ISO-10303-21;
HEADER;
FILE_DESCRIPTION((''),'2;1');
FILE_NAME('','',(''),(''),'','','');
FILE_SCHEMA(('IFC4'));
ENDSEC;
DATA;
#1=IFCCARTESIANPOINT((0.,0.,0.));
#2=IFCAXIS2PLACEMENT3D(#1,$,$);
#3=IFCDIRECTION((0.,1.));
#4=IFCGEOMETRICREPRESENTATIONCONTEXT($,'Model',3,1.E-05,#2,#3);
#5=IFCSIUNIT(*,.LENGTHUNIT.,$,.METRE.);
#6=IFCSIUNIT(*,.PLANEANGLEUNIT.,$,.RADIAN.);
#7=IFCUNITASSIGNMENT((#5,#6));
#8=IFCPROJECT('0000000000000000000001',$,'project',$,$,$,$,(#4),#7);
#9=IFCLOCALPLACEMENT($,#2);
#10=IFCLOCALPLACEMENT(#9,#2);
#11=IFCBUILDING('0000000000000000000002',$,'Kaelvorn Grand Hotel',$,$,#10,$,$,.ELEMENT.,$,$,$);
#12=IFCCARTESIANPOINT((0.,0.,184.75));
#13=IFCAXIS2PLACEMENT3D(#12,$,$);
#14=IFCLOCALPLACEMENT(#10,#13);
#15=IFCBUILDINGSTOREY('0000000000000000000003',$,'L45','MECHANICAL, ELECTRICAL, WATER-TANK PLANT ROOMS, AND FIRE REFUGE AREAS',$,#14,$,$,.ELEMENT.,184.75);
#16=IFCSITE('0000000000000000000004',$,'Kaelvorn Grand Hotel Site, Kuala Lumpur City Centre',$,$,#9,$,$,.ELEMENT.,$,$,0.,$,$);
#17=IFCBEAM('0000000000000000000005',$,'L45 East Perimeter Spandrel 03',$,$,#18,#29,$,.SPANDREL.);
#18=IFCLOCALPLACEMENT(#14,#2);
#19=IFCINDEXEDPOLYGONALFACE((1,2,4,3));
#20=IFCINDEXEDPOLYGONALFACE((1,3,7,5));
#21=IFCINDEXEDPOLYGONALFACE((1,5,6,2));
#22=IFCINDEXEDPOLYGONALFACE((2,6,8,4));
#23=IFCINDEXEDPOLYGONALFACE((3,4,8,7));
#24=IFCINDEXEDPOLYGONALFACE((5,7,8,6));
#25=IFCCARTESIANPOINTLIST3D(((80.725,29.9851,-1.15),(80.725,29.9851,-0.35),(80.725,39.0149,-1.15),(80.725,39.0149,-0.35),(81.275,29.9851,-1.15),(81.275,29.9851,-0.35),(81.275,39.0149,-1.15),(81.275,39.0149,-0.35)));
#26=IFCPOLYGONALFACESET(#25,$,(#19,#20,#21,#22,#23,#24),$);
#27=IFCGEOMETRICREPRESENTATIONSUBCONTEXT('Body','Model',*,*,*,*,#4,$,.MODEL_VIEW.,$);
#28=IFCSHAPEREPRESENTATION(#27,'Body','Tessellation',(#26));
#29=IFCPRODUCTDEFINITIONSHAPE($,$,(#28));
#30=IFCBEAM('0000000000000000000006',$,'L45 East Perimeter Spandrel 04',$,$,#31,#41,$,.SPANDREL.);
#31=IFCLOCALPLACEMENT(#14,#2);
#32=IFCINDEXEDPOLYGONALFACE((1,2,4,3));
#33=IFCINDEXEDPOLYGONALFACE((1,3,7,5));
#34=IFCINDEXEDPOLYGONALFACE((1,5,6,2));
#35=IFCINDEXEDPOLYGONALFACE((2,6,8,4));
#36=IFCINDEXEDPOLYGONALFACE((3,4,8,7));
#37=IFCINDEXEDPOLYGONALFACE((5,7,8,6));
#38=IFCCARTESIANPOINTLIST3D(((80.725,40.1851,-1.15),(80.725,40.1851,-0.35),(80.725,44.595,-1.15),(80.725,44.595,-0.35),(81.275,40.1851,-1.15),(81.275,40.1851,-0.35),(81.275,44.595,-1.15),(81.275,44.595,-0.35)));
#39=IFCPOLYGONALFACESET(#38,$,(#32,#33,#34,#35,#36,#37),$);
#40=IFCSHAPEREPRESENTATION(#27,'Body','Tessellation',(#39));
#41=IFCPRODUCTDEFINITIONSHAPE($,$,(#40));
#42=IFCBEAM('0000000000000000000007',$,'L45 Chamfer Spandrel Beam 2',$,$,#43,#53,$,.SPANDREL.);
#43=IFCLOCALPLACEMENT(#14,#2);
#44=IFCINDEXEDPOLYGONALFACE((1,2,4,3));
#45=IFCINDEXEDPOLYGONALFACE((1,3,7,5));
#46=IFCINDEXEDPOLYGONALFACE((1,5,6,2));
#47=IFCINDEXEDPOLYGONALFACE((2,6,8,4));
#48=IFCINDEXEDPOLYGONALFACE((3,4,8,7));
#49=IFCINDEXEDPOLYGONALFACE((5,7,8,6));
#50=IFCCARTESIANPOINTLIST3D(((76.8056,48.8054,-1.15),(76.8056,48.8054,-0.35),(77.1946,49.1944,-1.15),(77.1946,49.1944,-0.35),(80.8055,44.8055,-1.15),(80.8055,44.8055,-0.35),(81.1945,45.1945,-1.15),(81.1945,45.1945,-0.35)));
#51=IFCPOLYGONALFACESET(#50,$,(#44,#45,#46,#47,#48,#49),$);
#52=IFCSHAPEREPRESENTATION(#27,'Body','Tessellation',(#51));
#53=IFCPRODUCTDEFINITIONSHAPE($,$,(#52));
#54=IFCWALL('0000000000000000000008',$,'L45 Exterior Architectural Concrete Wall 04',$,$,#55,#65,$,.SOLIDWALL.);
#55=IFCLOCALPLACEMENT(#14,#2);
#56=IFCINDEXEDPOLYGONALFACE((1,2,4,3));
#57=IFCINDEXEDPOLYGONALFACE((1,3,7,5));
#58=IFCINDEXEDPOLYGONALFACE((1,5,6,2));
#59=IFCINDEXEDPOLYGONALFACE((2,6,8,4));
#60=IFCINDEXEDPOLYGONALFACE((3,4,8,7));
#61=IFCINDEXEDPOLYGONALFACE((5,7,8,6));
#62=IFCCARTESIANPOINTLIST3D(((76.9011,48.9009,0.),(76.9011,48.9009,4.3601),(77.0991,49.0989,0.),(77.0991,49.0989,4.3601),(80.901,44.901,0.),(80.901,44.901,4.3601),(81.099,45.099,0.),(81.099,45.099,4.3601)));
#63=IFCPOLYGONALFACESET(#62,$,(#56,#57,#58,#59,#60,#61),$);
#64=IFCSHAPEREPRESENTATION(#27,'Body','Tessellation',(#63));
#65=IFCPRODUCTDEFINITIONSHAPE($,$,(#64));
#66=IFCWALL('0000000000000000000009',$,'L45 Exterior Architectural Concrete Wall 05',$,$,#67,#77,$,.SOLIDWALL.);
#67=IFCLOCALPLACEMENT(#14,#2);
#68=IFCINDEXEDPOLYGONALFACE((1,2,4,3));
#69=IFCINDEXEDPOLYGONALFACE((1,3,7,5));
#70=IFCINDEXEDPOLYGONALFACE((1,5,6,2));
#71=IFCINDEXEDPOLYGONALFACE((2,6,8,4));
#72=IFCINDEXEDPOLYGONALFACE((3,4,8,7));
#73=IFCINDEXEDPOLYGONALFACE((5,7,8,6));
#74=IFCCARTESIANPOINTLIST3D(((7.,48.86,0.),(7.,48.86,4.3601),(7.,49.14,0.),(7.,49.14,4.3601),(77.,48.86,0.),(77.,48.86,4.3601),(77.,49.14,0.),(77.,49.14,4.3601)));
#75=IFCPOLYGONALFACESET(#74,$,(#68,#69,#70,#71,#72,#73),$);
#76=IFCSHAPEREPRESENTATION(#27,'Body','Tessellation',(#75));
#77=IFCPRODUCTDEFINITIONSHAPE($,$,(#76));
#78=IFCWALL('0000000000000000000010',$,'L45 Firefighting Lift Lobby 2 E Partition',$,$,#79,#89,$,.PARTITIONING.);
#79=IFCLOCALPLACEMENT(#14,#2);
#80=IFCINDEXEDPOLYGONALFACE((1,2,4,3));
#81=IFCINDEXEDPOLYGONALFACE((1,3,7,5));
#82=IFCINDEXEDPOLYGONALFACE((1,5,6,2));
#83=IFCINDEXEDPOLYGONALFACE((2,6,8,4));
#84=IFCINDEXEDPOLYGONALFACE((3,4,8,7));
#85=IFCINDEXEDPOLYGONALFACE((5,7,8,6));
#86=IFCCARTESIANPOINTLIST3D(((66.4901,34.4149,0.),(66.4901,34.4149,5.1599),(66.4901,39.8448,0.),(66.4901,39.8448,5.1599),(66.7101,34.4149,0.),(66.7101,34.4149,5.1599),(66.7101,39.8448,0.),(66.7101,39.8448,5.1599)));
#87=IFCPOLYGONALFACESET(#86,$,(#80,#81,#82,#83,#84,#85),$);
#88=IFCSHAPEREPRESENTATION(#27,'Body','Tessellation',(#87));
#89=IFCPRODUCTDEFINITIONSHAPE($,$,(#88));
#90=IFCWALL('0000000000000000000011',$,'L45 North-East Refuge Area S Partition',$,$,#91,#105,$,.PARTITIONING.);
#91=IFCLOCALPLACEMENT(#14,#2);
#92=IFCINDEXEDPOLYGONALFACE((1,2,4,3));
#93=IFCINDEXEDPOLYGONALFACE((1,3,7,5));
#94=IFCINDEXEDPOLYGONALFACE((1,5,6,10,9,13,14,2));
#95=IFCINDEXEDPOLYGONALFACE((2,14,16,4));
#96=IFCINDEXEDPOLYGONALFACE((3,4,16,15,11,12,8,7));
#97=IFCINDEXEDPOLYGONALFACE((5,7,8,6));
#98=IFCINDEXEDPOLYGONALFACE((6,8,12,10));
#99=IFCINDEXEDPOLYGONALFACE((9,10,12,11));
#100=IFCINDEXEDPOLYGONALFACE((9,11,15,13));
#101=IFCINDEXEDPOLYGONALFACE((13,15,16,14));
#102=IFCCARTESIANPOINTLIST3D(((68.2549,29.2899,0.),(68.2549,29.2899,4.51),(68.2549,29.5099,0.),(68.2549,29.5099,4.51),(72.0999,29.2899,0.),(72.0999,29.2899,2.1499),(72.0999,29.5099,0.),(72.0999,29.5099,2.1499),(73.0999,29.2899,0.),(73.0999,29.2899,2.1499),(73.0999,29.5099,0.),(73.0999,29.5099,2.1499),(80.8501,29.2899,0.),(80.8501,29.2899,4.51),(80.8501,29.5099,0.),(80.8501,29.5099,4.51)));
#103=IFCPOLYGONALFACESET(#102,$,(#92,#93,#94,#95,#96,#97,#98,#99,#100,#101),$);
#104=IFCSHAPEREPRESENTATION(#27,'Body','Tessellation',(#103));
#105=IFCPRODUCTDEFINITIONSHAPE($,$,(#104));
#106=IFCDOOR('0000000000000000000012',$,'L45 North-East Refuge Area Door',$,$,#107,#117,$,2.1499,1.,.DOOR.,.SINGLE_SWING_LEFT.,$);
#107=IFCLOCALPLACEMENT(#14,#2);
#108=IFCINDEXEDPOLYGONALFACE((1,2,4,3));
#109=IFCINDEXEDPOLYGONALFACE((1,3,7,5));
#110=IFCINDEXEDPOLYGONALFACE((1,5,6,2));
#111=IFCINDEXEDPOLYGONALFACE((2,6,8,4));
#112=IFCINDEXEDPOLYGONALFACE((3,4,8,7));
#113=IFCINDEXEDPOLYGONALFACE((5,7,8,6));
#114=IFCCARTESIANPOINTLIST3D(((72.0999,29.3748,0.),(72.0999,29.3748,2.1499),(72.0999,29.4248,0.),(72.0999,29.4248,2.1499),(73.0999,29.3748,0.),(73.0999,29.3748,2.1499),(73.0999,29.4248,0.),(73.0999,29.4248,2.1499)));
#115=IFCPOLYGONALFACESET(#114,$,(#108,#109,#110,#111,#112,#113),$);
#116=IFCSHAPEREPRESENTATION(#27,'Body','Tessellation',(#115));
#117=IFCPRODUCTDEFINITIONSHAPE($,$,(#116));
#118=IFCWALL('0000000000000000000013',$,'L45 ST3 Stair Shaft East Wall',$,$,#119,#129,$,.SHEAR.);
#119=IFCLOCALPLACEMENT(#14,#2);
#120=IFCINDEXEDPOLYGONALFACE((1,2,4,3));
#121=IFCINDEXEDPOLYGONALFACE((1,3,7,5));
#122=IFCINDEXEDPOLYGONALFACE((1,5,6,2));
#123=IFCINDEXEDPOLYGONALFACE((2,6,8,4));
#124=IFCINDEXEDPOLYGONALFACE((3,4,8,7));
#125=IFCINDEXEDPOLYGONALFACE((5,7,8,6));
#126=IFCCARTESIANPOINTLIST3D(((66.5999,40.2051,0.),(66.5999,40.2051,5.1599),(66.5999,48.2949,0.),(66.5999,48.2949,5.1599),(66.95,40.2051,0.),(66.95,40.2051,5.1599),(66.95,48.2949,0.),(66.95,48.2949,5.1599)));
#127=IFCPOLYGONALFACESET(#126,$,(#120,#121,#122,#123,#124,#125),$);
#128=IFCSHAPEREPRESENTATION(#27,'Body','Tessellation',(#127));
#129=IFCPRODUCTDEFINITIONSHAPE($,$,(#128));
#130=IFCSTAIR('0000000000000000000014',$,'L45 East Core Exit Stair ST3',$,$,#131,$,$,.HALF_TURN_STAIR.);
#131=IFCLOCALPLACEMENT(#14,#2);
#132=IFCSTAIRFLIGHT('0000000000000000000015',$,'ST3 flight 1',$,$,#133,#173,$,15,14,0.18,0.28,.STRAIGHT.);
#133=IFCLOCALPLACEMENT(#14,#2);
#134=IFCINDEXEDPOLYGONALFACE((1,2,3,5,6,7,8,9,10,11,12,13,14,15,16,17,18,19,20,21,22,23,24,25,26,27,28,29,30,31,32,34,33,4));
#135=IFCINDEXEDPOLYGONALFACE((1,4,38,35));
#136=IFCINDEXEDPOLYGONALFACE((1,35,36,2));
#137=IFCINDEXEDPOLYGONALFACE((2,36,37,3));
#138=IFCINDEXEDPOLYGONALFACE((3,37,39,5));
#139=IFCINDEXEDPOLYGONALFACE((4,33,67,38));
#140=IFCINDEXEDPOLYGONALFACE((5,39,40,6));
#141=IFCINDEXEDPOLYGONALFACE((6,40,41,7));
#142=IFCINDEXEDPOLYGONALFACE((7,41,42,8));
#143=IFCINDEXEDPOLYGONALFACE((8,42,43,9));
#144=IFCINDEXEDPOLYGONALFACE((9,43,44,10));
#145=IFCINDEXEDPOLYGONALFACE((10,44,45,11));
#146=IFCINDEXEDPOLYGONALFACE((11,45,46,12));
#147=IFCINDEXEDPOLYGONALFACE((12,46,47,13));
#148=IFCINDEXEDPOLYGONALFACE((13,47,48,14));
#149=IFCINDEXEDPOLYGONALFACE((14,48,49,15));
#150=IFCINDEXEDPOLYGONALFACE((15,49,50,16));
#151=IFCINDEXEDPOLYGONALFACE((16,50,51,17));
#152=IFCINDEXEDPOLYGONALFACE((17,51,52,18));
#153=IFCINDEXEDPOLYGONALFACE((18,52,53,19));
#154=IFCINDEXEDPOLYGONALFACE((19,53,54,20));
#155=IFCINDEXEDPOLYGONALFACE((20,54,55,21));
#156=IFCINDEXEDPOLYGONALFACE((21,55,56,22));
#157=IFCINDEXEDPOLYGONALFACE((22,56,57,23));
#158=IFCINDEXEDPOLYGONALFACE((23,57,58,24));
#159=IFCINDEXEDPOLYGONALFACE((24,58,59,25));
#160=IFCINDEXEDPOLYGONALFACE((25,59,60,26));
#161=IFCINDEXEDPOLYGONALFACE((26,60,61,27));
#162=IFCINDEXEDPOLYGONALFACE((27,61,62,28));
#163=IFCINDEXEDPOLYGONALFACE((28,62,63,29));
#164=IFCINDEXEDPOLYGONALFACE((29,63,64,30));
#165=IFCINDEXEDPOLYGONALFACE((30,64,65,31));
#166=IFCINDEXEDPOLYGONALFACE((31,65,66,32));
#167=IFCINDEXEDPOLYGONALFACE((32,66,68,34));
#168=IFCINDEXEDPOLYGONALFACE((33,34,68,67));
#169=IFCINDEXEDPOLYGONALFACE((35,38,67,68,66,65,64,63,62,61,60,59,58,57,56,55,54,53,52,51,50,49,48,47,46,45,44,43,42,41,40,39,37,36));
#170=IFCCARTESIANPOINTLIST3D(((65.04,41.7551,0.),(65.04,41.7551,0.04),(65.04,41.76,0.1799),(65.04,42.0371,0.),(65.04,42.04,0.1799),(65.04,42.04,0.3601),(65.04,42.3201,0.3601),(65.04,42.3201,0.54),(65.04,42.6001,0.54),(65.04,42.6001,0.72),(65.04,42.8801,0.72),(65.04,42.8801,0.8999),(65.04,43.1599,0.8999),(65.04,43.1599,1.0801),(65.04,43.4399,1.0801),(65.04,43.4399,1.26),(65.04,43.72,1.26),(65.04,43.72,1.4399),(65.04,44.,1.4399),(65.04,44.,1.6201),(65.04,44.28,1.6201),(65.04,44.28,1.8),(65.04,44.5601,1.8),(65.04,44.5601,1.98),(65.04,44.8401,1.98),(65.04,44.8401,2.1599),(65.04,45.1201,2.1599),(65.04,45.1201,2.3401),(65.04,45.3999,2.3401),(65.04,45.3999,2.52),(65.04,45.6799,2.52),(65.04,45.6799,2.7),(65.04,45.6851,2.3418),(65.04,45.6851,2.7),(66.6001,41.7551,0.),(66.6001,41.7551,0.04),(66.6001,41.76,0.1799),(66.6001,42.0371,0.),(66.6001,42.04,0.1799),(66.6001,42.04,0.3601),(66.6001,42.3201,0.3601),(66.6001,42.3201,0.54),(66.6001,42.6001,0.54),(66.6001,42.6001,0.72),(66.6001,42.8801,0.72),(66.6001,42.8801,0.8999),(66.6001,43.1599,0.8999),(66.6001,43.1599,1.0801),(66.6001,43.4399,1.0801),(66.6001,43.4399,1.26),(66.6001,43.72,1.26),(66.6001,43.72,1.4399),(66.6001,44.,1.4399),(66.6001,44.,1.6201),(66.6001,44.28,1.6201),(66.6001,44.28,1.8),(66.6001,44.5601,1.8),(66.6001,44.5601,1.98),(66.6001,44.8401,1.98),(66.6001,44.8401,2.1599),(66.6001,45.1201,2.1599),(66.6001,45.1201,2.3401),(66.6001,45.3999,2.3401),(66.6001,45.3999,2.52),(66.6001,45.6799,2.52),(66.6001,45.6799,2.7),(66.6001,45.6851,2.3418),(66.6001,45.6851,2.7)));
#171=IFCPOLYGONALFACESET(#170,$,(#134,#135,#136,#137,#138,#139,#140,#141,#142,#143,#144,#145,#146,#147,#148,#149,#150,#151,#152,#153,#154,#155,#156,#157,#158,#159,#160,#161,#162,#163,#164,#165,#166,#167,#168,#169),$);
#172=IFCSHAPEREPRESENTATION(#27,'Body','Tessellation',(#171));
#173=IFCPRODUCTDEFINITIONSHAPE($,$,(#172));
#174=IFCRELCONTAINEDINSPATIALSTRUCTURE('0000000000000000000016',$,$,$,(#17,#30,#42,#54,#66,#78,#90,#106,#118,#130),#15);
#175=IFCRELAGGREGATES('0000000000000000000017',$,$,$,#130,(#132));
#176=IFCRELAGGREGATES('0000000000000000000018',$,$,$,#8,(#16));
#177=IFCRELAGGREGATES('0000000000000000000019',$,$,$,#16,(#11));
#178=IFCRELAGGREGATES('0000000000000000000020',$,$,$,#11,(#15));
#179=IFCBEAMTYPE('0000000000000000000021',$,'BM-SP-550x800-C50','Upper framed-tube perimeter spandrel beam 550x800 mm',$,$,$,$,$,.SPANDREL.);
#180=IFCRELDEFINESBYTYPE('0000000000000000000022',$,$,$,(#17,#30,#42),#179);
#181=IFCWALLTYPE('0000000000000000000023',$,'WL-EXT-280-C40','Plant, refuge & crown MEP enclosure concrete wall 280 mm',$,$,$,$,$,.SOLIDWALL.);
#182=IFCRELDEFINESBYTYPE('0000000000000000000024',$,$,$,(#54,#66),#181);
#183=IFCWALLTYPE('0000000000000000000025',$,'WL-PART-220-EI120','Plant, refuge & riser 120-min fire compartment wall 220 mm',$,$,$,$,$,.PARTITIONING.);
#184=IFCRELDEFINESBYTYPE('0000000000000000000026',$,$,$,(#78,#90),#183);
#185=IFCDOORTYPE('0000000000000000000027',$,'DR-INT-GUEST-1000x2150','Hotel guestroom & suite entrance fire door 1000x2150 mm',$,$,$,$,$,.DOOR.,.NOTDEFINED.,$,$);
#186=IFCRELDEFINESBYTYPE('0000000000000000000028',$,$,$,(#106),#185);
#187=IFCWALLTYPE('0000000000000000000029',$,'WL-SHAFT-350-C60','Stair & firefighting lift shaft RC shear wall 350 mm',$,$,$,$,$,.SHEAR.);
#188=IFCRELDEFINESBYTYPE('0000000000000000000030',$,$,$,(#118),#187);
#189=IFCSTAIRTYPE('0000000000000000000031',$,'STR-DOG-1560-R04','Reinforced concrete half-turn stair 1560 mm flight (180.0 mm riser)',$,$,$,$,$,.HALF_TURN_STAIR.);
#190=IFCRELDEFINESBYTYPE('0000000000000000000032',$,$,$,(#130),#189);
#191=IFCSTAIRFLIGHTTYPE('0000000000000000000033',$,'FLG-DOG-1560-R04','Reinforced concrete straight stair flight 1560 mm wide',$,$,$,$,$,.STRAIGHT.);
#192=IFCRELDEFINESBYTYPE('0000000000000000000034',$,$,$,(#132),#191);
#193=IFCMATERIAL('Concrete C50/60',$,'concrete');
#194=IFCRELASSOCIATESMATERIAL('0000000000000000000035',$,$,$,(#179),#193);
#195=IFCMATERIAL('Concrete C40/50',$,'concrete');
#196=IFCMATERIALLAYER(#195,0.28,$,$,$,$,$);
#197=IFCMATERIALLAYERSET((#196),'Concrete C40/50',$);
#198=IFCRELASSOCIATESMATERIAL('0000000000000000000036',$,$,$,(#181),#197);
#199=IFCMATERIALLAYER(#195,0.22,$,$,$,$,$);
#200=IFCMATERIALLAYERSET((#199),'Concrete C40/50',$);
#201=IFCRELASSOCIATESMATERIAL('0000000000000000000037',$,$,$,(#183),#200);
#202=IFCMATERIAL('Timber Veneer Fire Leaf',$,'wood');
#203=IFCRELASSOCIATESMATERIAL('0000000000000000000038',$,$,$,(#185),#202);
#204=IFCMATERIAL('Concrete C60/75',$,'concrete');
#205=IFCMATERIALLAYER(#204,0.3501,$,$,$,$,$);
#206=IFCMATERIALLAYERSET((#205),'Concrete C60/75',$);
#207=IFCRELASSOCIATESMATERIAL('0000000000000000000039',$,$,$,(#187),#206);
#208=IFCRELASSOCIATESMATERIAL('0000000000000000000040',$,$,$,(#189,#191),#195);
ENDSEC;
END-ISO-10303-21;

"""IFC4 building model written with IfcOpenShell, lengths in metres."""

from ifc_helpers import new_model, si_unit, direction, frame, frame_2d, origin, origin_2d, place, context, subcontext, project, spatial, polyline, rectangle, outline, extrude, material, layer, layer_set, material_profile, profile_set, type_object, element, fill, aggregate, save


model = new_model("IFC4")

# Units and contexts
model_context = context("Model", 3, precision=1e-05, world=origin(), true_north=direction((0.0, 1.0)))
body_context = subcontext(model_context, "Body", "Model", "MODEL_VIEW")
ifc_project = project(units=[si_unit("LENGTHUNIT", "METRE"), si_unit("PLANEANGLEUNIT", "RADIAN")], contexts=[model_context])

# Site, building, storey
site_placement = place(None, origin())
site = spatial("IfcSite", under=ifc_project, at=site_placement, Name="Kaelvorn Grand Hotel Site, Kuala Lumpur City Centre", CompositionType="ELEMENT", RefElevation=0.0)
building_placement = place(site_placement, origin())
building = spatial("IfcBuilding", under=site, at=building_placement, Name="Kaelvorn Grand Hotel", CompositionType="ELEMENT")
storey_placement = place(building_placement, frame((0.0, 0.0, 184.75)))
storey = spatial("IfcBuildingStorey", under=building, at=storey_placement, Name="L45", Description="MECHANICAL, ELECTRICAL, WATER-TANK PLANT ROOMS, AND FIRE REFUGE AREAS", CompositionType="ELEMENT", Elevation=184.75)

# Shared definitions
ifc_material_1 = material(Name="Concrete C60/75", Category="concrete")

# Beams
ifc_material_2 = material(Name="Concrete C50/60", Category="concrete")
ifc_material_profile_1 = material_profile(ifc_material_2, rectangle(XDim=0.55, YDim=0.8, at=origin_2d()), Name="RC SPANDREL 550x800")
ifc_profile_set_1 = profile_set([ifc_material_profile_1], Name="Concrete C50/60")
beam_type_1 = type_object("IfcBeamType", Name="BM-SP-550x800-C50", Description="Upper framed-tube perimeter spandrel beam 550x800 mm", PredefinedType="SPANDREL", material=ifc_profile_set_1)
beam_1_placement = place(storey_placement, frame((81.0, 29.9851, -0.75), z_axis=(0.0, 1.0, 0.0), x_axis=(-1.0, 0.0, 0.0)))
element("IfcBeam", 1, at=beam_1_placement, inside=storey, type_object=beam_type_1, Name="L45 East Perimeter Spandrel 03", PredefinedType="SPANDREL", context=body_context, shape_type="SweptSolid", body=[
    extrude(rectangle(XDim=0.55, YDim=0.8, at=origin_2d()), origin(), (0.0, 0.0, 1.0), 9.0298),
])
beam_2_placement = place(storey_placement, frame((81.0, 40.1851, -0.75), z_axis=(0.0, 1.0, 0.0), x_axis=(-1.0, 0.0, 0.0)))
element("IfcBeam", 2, at=beam_2_placement, inside=storey, type_object=beam_type_1, Name="L45 East Perimeter Spandrel 04", PredefinedType="SPANDREL", context=body_context, shape_type="SweptSolid", body=[
    extrude(rectangle(XDim=0.55, YDim=0.8, at=origin_2d()), origin(), (0.0, 0.0, 1.0), 4.4099),
])
beam_3_placement = place(storey_placement, frame((81.0, 45.0, -0.75), z_axis=(-0.707107, 0.707107, 0.0), x_axis=(-0.707107, -0.707107, 0.0)))
element("IfcBeam", 3, at=beam_3_placement, inside=storey, type_object=beam_type_1, Name="L45 Chamfer Spandrel Beam 2", PredefinedType="SPANDREL", context=body_context, shape_type="SweptSolid", body=[
    extrude(rectangle(XDim=0.55, YDim=0.8, at=origin_2d()), origin(), (0.0, 0.0, 1.0), 5.6567),
])

# Walls
ifc_material_3 = material(Name="Concrete C40/50", Category="concrete")
ifc_layer_1 = layer(ifc_material_3, 0.28)
ifc_layer_set_1 = layer_set([ifc_layer_1], Name="Concrete C40/50")
wall_type_1 = type_object("IfcWallType", Name="WL-EXT-280-C40", Description="Plant, refuge & crown MEP enclosure concrete wall 280 mm", PredefinedType="SOLIDWALL", material=ifc_layer_set_1)
wall_1_placement = place(storey_placement, frame((81.0, 45.0, 0.0), z_axis=(0.0, 0.0, 1.0), x_axis=(-0.707107, 0.707107, 0.0)))
element("IfcWall", 4, at=wall_1_placement, inside=storey, type_object=wall_type_1, Name="L45 Exterior Architectural Concrete Wall 04", PredefinedType="SOLIDWALL", context=body_context, shape_type="SweptSolid", body=[
    extrude(rectangle(XDim=5.6567, YDim=0.28, at=frame_2d((2.8284, 0.0))), origin(), (0.0, 0.0, 1.0), 4.3601),
])
wall_2_placement = place(storey_placement, frame((77.0, 49.0, 0.0), z_axis=(0.0, 0.0, 1.0), x_axis=(-1.0, 0.0, 0.0)))
element("IfcWall", 5, at=wall_2_placement, inside=storey, type_object=wall_type_1, Name="L45 Exterior Architectural Concrete Wall 05", PredefinedType="SOLIDWALL", context=body_context, shape_type="SweptSolid", body=[
    extrude(rectangle(XDim=70.0, YDim=0.28, at=frame_2d((35.0, 0.0))), origin(), (0.0, 0.0, 1.0), 4.3601),
])
ifc_layer_2 = layer(ifc_material_3, 0.22)
ifc_layer_set_2 = layer_set([ifc_layer_2], Name="Concrete C40/50")
wall_type_2 = type_object("IfcWallType", Name="WL-PART-220-EI120", Description="Plant, refuge & riser 120-min fire compartment wall 220 mm", PredefinedType="PARTITIONING", material=ifc_layer_set_2)
wall_3_placement = place(storey_placement, frame((66.6001, 34.415, 0.0), z_axis=(0.0, 0.0, 1.0), x_axis=(0.0, 1.0, 0.0)))
element("IfcWall", 6, at=wall_3_placement, inside=storey, type_object=wall_type_2, Name="L45 Firefighting Lift Lobby 2 E Partition", PredefinedType="PARTITIONING", context=body_context, shape_type="SweptSolid", body=[
    extrude(rectangle(XDim=5.4299, YDim=0.22, at=frame_2d((2.7148, 0.0))), origin(), (0.0, 0.0, 1.0), 5.1599),
])

# Wall, opening, door
wall_4_placement = place(storey_placement, frame((68.2549, 29.3999, 0.0), z_axis=(0.0, 0.0, 1.0), x_axis=(1.0, 0.0, 0.0)))
wall_4 = element("IfcWall", 7, at=wall_4_placement, inside=storey, type_object=wall_type_2, Name="L45 North-East Refuge Area S Partition", PredefinedType="PARTITIONING", context=body_context, shape_type="SweptSolid", body=[
    extrude(rectangle(XDim=12.5952, YDim=0.22, at=frame_2d((6.2976, 0.0))), origin(), (0.0, 0.0, 1.0), 4.51),
])
opening_placement = place(wall_4_placement, frame((3.845, 0.0, 0.0)))
opening = element("IfcOpeningElement", 8, at=opening_placement, cuts=wall_4, PredefinedType="OPENING", context=body_context, shape_type="SweptSolid", body=[
    extrude(rectangle(XDim=1.0, YDim=2.1499, at=frame_2d((0.5, 1.075))), frame((0.0, 0.1201, 0.0), z_axis=(0.0, -1.0, 0.0), x_axis=(1.0, 0.0, 0.0)), (0.0, 0.0, 1.0), 0.24),
])
ifc_material_4 = material(Name="Timber Veneer Fire Leaf", Category="wood")
door_type = type_object("IfcDoorType", Name="DR-INT-GUEST-1000x2150", Description="Hotel guestroom & suite entrance fire door 1000x2150 mm", OperationType="NOTDEFINED", PredefinedType="DOOR", material=ifc_material_4)
door_placement = place(opening_placement, origin())
door = element("IfcDoor", 9, at=door_placement, inside=storey, type_object=door_type, Name="L45 North-East Refuge Area Door", OperationType="SINGLE_SWING_LEFT", OverallHeight=2.1499, OverallWidth=1.0, PredefinedType="DOOR", context=body_context, shape_type="SweptSolid", body=[
    extrude(rectangle(XDim=1.0, YDim=2.1499, at=frame_2d((0.5, 1.075))), frame((0.0, 0.0249, 0.0), z_axis=(0.0, -1.0, 0.0), x_axis=(1.0, 0.0, 0.0)), (0.0, 0.0, 1.0), 0.05),
])
fill(opening, door)

# Wall
ifc_layer_3 = layer(ifc_material_1, 0.3501)
ifc_layer_set_3 = layer_set([ifc_layer_3], Name="Concrete C60/75")
wall_type_3 = type_object("IfcWallType", Name="WL-SHAFT-350-C60", Description="Stair & firefighting lift shaft RC shear wall 350 mm", PredefinedType="SHEAR", material=ifc_layer_set_3)
wall_5_placement = place(storey_placement, frame((66.7749, 40.2051, 0.0), z_axis=(0.0, 0.0, 1.0), x_axis=(0.0, 1.0, 0.0)))
element("IfcWall", 10, at=wall_5_placement, inside=storey, type_object=wall_type_3, Name="L45 ST3 Stair Shaft East Wall", PredefinedType="SHEAR", context=body_context, shape_type="SweptSolid", body=[
    extrude(rectangle(XDim=8.0898, YDim=0.3501, at=frame_2d((4.0449, 0.0))), origin(), (0.0, 0.0, 1.0), 5.1599),
])

# Stair, stair flight
stair_type = type_object("IfcStairType", Name="STR-DOG-1560-R04", Description="Reinforced concrete half-turn stair 1560 mm flight (180.0 mm riser)", PredefinedType="HALF_TURN_STAIR", material=ifc_material_3)
stair_placement = place(storey_placement, origin())
stair = element("IfcStair", 11, at=stair_placement, inside=storey, type_object=stair_type, Name="L45 East Core Exit Stair ST3", PredefinedType="HALF_TURN_STAIR")
stair_flight_type = type_object("IfcStairFlightType", Name="FLG-DOG-1560-R04", Description="Reinforced concrete straight stair flight 1560 mm wide", PredefinedType="STRAIGHT", material=ifc_material_3)
stair_flight_placement = place(storey_placement, frame((65.8201, 41.76, 0.0), z_axis=(0.0, 0.0, 1.0), x_axis=(0.0, 1.0, 0.0)))
stair_flight = element("IfcStairFlight", 12, at=stair_flight_placement, type_object=stair_flight_type, Name="ST3 flight 1", NumberOfRisers=15, NumberOfTreads=14, PredefinedType="STRAIGHT", RiserHeight=0.18, TreadLength=0.28, context=body_context, shape_type="SweptSolid", body=[
    extrude(outline(polyline([(-0.0049, 0.0), (-0.0049, 0.04), (0.0, 0.1799), (0.28, 0.1799), (0.28, 0.3601), (0.5601, 0.3601), (0.5601, 0.54), (0.8401, 0.54), (0.8401, 0.72), (1.1201, 0.72), (1.1201, 0.8999), (1.3999, 0.8999), (1.3999, 1.0801), (1.6799, 1.0801), (1.6799, 1.26), (1.96, 1.26), (1.96, 1.4399), (2.24, 1.4399), (2.24, 1.6201), (2.52, 1.6201), (2.52, 1.8), (2.8, 1.8), (2.8, 1.98), (3.0801, 1.98), (3.0801, 2.1599), (3.3601, 2.1599), (3.3601, 2.3401), (3.6399, 2.3401), (3.6399, 2.52), (3.9199, 2.52), (3.9199, 2.7), (3.925, 2.7), (3.925, 2.3418), (0.2771, 0.0), (-0.0049, 0.0)])), frame((0.0, 0.78, 0.0), z_axis=(0.0, -1.0, 0.0), x_axis=(1.0, 0.0, 0.0)), (0.0, 0.0, 1.0), 1.5601),
])
aggregate(stair, [stair_flight])

save(model, "model.ifc")
